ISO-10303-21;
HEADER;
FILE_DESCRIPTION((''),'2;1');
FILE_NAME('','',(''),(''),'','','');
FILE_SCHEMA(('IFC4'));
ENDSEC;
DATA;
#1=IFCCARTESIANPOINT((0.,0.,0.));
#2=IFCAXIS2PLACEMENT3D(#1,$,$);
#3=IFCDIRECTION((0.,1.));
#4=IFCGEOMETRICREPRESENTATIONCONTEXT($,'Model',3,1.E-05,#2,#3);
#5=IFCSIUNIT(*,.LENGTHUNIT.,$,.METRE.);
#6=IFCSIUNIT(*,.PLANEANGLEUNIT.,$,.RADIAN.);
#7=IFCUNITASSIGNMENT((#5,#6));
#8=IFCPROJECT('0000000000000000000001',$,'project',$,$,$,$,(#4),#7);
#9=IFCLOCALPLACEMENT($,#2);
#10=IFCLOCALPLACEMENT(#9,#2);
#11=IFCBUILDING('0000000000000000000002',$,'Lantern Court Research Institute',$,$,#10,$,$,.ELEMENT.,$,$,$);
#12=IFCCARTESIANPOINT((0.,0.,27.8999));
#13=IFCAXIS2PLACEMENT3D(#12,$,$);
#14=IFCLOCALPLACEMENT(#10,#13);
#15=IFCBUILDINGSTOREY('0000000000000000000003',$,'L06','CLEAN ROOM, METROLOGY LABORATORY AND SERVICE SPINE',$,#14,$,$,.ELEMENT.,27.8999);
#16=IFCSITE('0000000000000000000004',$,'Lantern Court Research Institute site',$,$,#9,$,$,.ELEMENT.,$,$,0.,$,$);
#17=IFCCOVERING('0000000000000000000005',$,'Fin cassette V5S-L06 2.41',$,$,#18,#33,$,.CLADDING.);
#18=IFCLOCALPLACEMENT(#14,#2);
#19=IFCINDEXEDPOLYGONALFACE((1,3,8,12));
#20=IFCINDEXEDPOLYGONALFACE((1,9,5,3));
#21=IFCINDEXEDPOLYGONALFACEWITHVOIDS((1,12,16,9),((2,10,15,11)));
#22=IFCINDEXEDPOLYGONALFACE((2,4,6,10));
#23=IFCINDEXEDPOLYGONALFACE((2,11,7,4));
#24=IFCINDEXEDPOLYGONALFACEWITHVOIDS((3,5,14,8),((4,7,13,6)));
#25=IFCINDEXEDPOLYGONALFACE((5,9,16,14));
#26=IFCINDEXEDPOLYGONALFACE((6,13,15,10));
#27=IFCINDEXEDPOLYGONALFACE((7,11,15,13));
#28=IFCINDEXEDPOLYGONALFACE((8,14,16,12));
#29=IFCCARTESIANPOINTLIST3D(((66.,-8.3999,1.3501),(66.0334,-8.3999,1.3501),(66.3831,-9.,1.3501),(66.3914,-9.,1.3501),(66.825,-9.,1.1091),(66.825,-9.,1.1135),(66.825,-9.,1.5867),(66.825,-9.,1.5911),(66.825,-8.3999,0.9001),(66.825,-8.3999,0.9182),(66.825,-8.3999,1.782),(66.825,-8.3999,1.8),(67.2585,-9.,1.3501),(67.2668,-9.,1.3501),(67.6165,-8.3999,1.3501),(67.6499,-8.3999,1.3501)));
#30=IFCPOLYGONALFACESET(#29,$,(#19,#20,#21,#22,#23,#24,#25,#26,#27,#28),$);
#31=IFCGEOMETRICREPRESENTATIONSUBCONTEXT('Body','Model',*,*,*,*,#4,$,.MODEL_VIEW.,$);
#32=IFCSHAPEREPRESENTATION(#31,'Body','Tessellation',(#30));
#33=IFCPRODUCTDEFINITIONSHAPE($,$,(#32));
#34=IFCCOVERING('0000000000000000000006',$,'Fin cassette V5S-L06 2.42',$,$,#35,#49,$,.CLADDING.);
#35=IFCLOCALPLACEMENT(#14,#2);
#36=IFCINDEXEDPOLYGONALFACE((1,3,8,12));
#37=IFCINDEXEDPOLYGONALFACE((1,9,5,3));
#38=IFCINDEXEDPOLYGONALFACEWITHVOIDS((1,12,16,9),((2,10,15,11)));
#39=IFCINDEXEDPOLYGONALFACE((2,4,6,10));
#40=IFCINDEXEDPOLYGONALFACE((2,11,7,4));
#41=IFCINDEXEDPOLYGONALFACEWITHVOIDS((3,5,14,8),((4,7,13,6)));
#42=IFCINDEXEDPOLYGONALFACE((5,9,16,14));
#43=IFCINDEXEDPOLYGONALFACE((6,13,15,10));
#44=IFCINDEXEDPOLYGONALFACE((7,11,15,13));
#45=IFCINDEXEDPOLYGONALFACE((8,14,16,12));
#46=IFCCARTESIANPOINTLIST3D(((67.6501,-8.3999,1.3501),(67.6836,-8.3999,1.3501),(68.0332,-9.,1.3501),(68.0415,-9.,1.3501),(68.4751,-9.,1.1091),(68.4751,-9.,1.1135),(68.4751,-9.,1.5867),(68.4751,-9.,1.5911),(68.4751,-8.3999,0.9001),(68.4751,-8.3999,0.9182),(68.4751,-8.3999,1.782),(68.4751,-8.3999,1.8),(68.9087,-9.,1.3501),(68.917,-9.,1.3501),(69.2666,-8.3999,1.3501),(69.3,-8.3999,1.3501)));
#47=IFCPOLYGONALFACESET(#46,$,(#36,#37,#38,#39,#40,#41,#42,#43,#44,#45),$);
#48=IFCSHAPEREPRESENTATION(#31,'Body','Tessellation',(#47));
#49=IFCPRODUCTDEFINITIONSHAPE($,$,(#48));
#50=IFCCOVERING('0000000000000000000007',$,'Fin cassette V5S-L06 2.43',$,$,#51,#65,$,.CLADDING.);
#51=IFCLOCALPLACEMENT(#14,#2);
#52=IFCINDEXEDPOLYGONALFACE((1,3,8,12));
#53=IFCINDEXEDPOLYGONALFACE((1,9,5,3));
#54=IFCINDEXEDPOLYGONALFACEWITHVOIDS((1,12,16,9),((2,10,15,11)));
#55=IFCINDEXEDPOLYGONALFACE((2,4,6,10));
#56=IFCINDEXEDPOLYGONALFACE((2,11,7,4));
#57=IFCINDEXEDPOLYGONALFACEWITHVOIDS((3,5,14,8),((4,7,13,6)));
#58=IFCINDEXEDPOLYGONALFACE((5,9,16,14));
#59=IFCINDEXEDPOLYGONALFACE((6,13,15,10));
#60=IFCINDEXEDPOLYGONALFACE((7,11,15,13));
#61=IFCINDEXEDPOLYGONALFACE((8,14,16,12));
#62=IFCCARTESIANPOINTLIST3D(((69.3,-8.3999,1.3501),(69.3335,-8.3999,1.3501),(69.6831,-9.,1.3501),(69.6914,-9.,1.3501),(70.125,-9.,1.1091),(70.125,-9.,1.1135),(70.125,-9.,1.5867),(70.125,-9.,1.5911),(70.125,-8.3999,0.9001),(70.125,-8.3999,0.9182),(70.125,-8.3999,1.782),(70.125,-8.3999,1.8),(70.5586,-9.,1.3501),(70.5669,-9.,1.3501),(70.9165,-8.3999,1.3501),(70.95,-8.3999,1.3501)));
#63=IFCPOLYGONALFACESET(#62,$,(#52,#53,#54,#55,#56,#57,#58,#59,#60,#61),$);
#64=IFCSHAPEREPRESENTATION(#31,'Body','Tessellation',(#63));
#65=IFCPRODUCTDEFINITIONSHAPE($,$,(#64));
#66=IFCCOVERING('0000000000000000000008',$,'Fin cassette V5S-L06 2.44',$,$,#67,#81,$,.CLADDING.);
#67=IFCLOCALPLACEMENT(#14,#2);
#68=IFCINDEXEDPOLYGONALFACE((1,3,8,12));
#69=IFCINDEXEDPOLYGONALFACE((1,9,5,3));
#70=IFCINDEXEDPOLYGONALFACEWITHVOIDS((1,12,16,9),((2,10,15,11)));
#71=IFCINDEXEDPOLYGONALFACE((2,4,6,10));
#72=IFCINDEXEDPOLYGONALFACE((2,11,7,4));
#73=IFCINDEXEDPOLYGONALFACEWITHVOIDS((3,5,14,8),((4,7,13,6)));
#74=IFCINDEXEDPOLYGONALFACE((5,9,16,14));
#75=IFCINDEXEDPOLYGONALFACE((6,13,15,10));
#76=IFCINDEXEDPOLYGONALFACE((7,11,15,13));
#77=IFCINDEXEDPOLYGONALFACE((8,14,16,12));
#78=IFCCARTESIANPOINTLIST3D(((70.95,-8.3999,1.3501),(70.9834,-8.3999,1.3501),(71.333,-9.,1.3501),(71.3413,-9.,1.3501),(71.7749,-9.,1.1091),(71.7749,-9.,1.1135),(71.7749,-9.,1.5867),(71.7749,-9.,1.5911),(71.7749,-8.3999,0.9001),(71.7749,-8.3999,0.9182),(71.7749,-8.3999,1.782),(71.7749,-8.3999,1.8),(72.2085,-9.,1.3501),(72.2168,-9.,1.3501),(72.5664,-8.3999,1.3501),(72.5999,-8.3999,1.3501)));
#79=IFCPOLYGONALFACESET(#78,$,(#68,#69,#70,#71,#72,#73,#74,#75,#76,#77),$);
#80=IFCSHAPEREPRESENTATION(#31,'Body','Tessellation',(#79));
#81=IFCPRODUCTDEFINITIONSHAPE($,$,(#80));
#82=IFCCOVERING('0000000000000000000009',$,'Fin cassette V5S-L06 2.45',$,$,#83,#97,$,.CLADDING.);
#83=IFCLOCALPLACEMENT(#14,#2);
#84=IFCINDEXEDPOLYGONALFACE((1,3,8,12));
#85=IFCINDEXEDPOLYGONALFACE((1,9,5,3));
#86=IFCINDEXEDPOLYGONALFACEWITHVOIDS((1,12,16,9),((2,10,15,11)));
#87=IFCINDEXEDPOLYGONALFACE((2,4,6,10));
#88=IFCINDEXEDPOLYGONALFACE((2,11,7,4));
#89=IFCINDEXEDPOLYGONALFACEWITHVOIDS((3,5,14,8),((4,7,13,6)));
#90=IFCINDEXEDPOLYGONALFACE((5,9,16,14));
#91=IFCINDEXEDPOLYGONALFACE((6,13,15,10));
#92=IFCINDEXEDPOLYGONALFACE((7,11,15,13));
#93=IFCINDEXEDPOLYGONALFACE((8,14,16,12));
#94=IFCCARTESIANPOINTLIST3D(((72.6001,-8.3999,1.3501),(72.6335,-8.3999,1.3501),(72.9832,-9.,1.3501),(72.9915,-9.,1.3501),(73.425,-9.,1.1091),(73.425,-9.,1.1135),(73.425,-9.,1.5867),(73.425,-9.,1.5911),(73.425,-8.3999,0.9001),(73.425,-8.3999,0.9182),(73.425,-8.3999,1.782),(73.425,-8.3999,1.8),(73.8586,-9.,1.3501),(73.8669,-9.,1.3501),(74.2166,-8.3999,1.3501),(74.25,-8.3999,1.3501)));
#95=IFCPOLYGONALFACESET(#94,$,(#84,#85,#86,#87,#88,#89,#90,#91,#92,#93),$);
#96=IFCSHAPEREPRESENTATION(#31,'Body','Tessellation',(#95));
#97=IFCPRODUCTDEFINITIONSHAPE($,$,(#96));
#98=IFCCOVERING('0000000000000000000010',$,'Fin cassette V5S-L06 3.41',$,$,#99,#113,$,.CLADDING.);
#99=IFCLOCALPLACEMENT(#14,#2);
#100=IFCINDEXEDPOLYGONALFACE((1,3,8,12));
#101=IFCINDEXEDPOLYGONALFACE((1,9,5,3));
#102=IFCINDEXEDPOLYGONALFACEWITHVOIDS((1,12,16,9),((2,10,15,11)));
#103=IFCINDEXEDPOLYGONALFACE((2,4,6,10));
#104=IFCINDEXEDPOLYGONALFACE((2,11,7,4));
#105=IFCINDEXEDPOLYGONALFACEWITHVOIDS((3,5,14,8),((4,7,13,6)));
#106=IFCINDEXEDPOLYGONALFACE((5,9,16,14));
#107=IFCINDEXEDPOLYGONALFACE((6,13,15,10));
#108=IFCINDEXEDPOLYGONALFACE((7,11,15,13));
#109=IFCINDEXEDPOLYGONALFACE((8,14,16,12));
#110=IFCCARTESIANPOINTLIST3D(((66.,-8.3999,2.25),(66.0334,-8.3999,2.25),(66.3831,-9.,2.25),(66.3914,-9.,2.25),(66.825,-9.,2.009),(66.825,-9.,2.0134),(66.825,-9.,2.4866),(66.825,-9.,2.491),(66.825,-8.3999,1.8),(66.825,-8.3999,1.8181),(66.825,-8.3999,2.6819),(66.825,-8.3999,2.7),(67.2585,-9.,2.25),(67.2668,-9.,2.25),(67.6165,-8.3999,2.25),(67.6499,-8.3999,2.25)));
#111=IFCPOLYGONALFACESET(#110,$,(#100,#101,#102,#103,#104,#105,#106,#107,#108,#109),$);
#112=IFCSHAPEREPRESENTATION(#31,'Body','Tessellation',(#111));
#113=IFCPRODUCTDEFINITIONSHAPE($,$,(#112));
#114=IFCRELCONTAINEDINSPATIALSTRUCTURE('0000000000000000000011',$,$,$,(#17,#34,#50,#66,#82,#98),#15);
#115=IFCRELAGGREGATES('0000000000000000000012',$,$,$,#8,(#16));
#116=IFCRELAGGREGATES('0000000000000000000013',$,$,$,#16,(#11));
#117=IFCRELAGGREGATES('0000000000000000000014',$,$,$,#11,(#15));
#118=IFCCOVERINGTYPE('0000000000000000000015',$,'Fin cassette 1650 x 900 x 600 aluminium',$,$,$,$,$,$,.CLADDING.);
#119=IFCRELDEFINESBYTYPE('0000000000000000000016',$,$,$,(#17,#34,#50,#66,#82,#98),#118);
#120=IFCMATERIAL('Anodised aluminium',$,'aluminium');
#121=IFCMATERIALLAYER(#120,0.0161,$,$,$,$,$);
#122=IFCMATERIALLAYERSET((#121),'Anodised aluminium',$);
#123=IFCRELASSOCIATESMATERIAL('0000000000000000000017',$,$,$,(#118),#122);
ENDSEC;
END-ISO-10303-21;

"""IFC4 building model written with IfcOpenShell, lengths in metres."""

from ifc_helpers import new_model, entity, si_unit, direction, frame, origin, place, context, subcontext, project, spatial, material, layer, layer_set, type_object, element, save


model = new_model("IFC4")

# Units and contexts
model_context = context("Model", 3, precision=1e-05, world=origin(), true_north=direction((0.0, 1.0)))
body_context = subcontext(model_context, "Body", "Model", "MODEL_VIEW")
ifc_project = project(units=[si_unit("LENGTHUNIT", "METRE"), si_unit("PLANEANGLEUNIT", "RADIAN")], contexts=[model_context])

# Site, building, storey
site_placement = place(None, origin())
site = spatial("IfcSite", under=ifc_project, at=site_placement, Name="Lantern Court Research Institute site", CompositionType="ELEMENT", RefElevation=0.0)
building_placement = place(site_placement, origin())
building = spatial("IfcBuilding", under=site, at=building_placement, Name="Lantern Court Research Institute", CompositionType="ELEMENT")
storey_placement = place(building_placement, frame((0.0, 0.0, 27.8999)))
storey = spatial("IfcBuildingStorey", under=building, at=storey_placement, Name="L06", Description="CLEAN ROOM, METROLOGY LABORATORY AND SERVICE SPINE", CompositionType="ELEMENT", Elevation=27.8999)

# Coverings
ifc_material_1 = material(Name="Anodised aluminium", Category="aluminium")
ifc_layer_1 = layer(ifc_material_1, 0.0161)
ifc_layer_set_1 = layer_set([ifc_layer_1], Name="Anodised aluminium")
covering_type = type_object("IfcCoveringType", Name="Fin cassette 1650 x 900 x 600 aluminium", PredefinedType="CLADDING", material=ifc_layer_set_1)
covering_1_placement = place(storey_placement, frame((66.825, -8.3999, 1.3501), z_axis=(0.0, -1.0, 0.0), x_axis=(1.0, 0.0, 0.0)))
cartesian_point_1 = entity("IfcCartesianPoint", [0.825, 0.0])
cartesian_point_2 = entity("IfcCartesianPoint", [0.7915, 0.0])
cartesian_point_3 = entity("IfcCartesianPoint", [0.4419, 0.0])
cartesian_point_4 = entity("IfcCartesianPoint", [0.4336, 0.0])
element("IfcCovering", 1, at=covering_1_placement, inside=storey, type_object=covering_type, Name="Fin cassette V5S-L06 2.41", PredefinedType="CLADDING", context=body_context, shape_type="SweptSolid", body=[
    entity("IfcExtrudedAreaSolidTapered", entity("IfcArbitraryProfileDefWithVoids", "AREA", None, entity("IfcPolyline", [cartesian_point_1, entity("IfcCartesianPoint", [0.0, 0.45]), entity("IfcCartesianPoint", [-0.825, 0.0]), entity("IfcCartesianPoint", [0.0, -0.45]), cartesian_point_1]), [entity("IfcPolyline", [cartesian_point_2, entity("IfcCartesianPoint", [0.0, 0.4319]), entity("IfcCartesianPoint", [-0.7915, 0.0]), entity("IfcCartesianPoint", [0.0, -0.4319]), cartesian_point_2])]), entity("IfcAxis2Placement3D", entity("IfcCartesianPoint", [0.0, 0.0, 0.0])), entity("IfcDirection", [0.0, 0.0, 1.0]), 0.6001, entity("IfcArbitraryProfileDefWithVoids", "AREA", None, entity("IfcPolyline", [cartesian_point_3, entity("IfcCartesianPoint", [0.0, 0.241]), entity("IfcCartesianPoint", [-0.4419, 0.0]), entity("IfcCartesianPoint", [0.0, -0.241]), cartesian_point_3]), [entity("IfcPolyline", [cartesian_point_4, entity("IfcCartesianPoint", [0.0, 0.2366]), entity("IfcCartesianPoint", [-0.4336, 0.0]), entity("IfcCartesianPoint", [0.0, -0.2366]), cartesian_point_4])])),
])
covering_2_placement = place(storey_placement, frame((68.4751, -8.3999, 1.3501), z_axis=(0.0, -1.0, 0.0), x_axis=(1.0, 0.0, 0.0)))
cartesian_point_5 = entity("IfcCartesianPoint", [0.825, 0.0])
cartesian_point_6 = entity("IfcCartesianPoint", [0.7915, 0.0])
cartesian_point_7 = entity("IfcCartesianPoint", [0.4419, 0.0])
cartesian_point_8 = entity("IfcCartesianPoint", [0.4336, 0.0])
element("IfcCovering", 2, at=covering_2_placement, inside=storey, type_object=covering_type, Name="Fin cassette V5S-L06 2.42", PredefinedType="CLADDING", context=body_context, shape_type="SweptSolid", body=[
    entity("IfcExtrudedAreaSolidTapered", entity("IfcArbitraryProfileDefWithVoids", "AREA", None, entity("IfcPolyline", [cartesian_point_5, entity("IfcCartesianPoint", [0.0, 0.45]), entity("IfcCartesianPoint", [-0.825, 0.0]), entity("IfcCartesianPoint", [0.0, -0.45]), cartesian_point_5]), [entity("IfcPolyline", [cartesian_point_6, entity("IfcCartesianPoint", [0.0, 0.4319]), entity("IfcCartesianPoint", [-0.7915, 0.0]), entity("IfcCartesianPoint", [0.0, -0.4319]), cartesian_point_6])]), entity("IfcAxis2Placement3D", entity("IfcCartesianPoint", [0.0, 0.0, 0.0])), entity("IfcDirection", [0.0, 0.0, 1.0]), 0.6001, entity("IfcArbitraryProfileDefWithVoids", "AREA", None, entity("IfcPolyline", [cartesian_point_7, entity("IfcCartesianPoint", [0.0, 0.241]), entity("IfcCartesianPoint", [-0.4419, 0.0]), entity("IfcCartesianPoint", [0.0, -0.241]), cartesian_point_7]), [entity("IfcPolyline", [cartesian_point_8, entity("IfcCartesianPoint", [0.0, 0.2366]), entity("IfcCartesianPoint", [-0.4336, 0.0]), entity("IfcCartesianPoint", [0.0, -0.2366]), cartesian_point_8])])),
])
covering_3_placement = place(storey_placement, frame((70.125, -8.3999, 1.3501), z_axis=(0.0, -1.0, 0.0), x_axis=(1.0, 0.0, 0.0)))
cartesian_point_9 = entity("IfcCartesianPoint", [0.825, 0.0])
cartesian_point_10 = entity("IfcCartesianPoint", [0.7915, 0.0])
cartesian_point_11 = entity("IfcCartesianPoint", [0.4419, 0.0])
cartesian_point_12 = entity("IfcCartesianPoint", [0.4336, 0.0])
element("IfcCovering", 3, at=covering_3_placement, inside=storey, type_object=covering_type, Name="Fin cassette V5S-L06 2.43", PredefinedType="CLADDING", context=body_context, shape_type="SweptSolid", body=[
    entity("IfcExtrudedAreaSolidTapered", entity("IfcArbitraryProfileDefWithVoids", "AREA", None, entity("IfcPolyline", [cartesian_point_9, entity("IfcCartesianPoint", [0.0, 0.45]), entity("IfcCartesianPoint", [-0.825, 0.0]), entity("IfcCartesianPoint", [0.0, -0.45]), cartesian_point_9]), [entity("IfcPolyline", [cartesian_point_10, entity("IfcCartesianPoint", [0.0, 0.4319]), entity("IfcCartesianPoint", [-0.7915, 0.0]), entity("IfcCartesianPoint", [0.0, -0.4319]), cartesian_point_10])]), entity("IfcAxis2Placement3D", entity("IfcCartesianPoint", [0.0, 0.0, 0.0])), entity("IfcDirection", [0.0, 0.0, 1.0]), 0.6001, entity("IfcArbitraryProfileDefWithVoids", "AREA", None, entity("IfcPolyline", [cartesian_point_11, entity("IfcCartesianPoint", [0.0, 0.241]), entity("IfcCartesianPoint", [-0.4419, 0.0]), entity("IfcCartesianPoint", [0.0, -0.241]), cartesian_point_11]), [entity("IfcPolyline", [cartesian_point_12, entity("IfcCartesianPoint", [0.0, 0.2366]), entity("IfcCartesianPoint", [-0.4336, 0.0]), entity("IfcCartesianPoint", [0.0, -0.2366]), cartesian_point_12])])),
])
covering_4_placement = place(storey_placement, frame((71.7749, -8.3999, 1.3501), z_axis=(0.0, -1.0, 0.0), x_axis=(1.0, 0.0, 0.0)))
cartesian_point_13 = entity("IfcCartesianPoint", [0.825, 0.0])
cartesian_point_14 = entity("IfcCartesianPoint", [0.7915, 0.0])
cartesian_point_15 = entity("IfcCartesianPoint", [0.4419, 0.0])
cartesian_point_16 = entity("IfcCartesianPoint", [0.4336, 0.0])
element("IfcCovering", 4, at=covering_4_placement, inside=storey, type_object=covering_type, Name="Fin cassette V5S-L06 2.44", PredefinedType="CLADDING", context=body_context, shape_type="SweptSolid", body=[
    entity("IfcExtrudedAreaSolidTapered", entity("IfcArbitraryProfileDefWithVoids", "AREA", None, entity("IfcPolyline", [cartesian_point_13, entity("IfcCartesianPoint", [0.0, 0.45]), entity("IfcCartesianPoint", [-0.825, 0.0]), entity("IfcCartesianPoint", [0.0, -0.45]), cartesian_point_13]), [entity("IfcPolyline", [cartesian_point_14, entity("IfcCartesianPoint", [0.0, 0.4319]), entity("IfcCartesianPoint", [-0.7915, 0.0]), entity("IfcCartesianPoint", [0.0, -0.4319]), cartesian_point_14])]), entity("IfcAxis2Placement3D", entity("IfcCartesianPoint", [0.0, 0.0, 0.0])), entity("IfcDirection", [0.0, 0.0, 1.0]), 0.6001, entity("IfcArbitraryProfileDefWithVoids", "AREA", None, entity("IfcPolyline", [cartesian_point_15, entity("IfcCartesianPoint", [0.0, 0.241]), entity("IfcCartesianPoint", [-0.4419, 0.0]), entity("IfcCartesianPoint", [0.0, -0.241]), cartesian_point_15]), [entity("IfcPolyline", [cartesian_point_16, entity("IfcCartesianPoint", [0.0, 0.2366]), entity("IfcCartesianPoint", [-0.4336, 0.0]), entity("IfcCartesianPoint", [0.0, -0.2366]), cartesian_point_16])])),
])
covering_5_placement = place(storey_placement, frame((73.425, -8.3999, 1.3501), z_axis=(0.0, -1.0, 0.0), x_axis=(1.0, 0.0, 0.0)))
cartesian_point_17 = entity("IfcCartesianPoint", [0.825, 0.0])
cartesian_point_18 = entity("IfcCartesianPoint", [0.7915, 0.0])
cartesian_point_19 = entity("IfcCartesianPoint", [0.4419, 0.0])
cartesian_point_20 = entity("IfcCartesianPoint", [0.4336, 0.0])
element("IfcCovering", 5, at=covering_5_placement, inside=storey, type_object=covering_type, Name="Fin cassette V5S-L06 2.45", PredefinedType="CLADDING", context=body_context, shape_type="SweptSolid", body=[
    entity("IfcExtrudedAreaSolidTapered", entity("IfcArbitraryProfileDefWithVoids", "AREA", None, entity("IfcPolyline", [cartesian_point_17, entity("IfcCartesianPoint", [0.0, 0.45]), entity("IfcCartesianPoint", [-0.825, 0.0]), entity("IfcCartesianPoint", [0.0, -0.45]), cartesian_point_17]), [entity("IfcPolyline", [cartesian_point_18, entity("IfcCartesianPoint", [0.0, 0.4319]), entity("IfcCartesianPoint", [-0.7915, 0.0]), entity("IfcCartesianPoint", [0.0, -0.4319]), cartesian_point_18])]), entity("IfcAxis2Placement3D", entity("IfcCartesianPoint", [0.0, 0.0, 0.0])), entity("IfcDirection", [0.0, 0.0, 1.0]), 0.6001, entity("IfcArbitraryProfileDefWithVoids", "AREA", None, entity("IfcPolyline", [cartesian_point_19, entity("IfcCartesianPoint", [0.0, 0.241]), entity("IfcCartesianPoint", [-0.4419, 0.0]), entity("IfcCartesianPoint", [0.0, -0.241]), cartesian_point_19]), [entity("IfcPolyline", [cartesian_point_20, entity("IfcCartesianPoint", [0.0, 0.2366]), entity("IfcCartesianPoint", [-0.4336, 0.0]), entity("IfcCartesianPoint", [0.0, -0.2366]), cartesian_point_20])])),
])
covering_6_placement = place(storey_placement, frame((66.825, -8.3999, 2.25), z_axis=(0.0, -1.0, 0.0), x_axis=(1.0, 0.0, 0.0)))
cartesian_point_21 = entity("IfcCartesianPoint", [0.825, 0.0])
cartesian_point_22 = entity("IfcCartesianPoint", [0.7915, 0.0])
cartesian_point_23 = entity("IfcCartesianPoint", [0.4419, 0.0])
cartesian_point_24 = entity("IfcCartesianPoint", [0.4336, 0.0])
element("IfcCovering", 6, at=covering_6_placement, inside=storey, type_object=covering_type, Name="Fin cassette V5S-L06 3.41", PredefinedType="CLADDING", context=body_context, shape_type="SweptSolid", body=[
    entity("IfcExtrudedAreaSolidTapered", entity("IfcArbitraryProfileDefWithVoids", "AREA", None, entity("IfcPolyline", [cartesian_point_21, entity("IfcCartesianPoint", [0.0, 0.45]), entity("IfcCartesianPoint", [-0.825, 0.0]), entity("IfcCartesianPoint", [0.0, -0.45]), cartesian_point_21]), [entity("IfcPolyline", [cartesian_point_22, entity("IfcCartesianPoint", [0.0, 0.4319]), entity("IfcCartesianPoint", [-0.7915, 0.0]), entity("IfcCartesianPoint", [0.0, -0.4319]), cartesian_point_22])]), entity("IfcAxis2Placement3D", entity("IfcCartesianPoint", [0.0, 0.0, 0.0])), entity("IfcDirection", [0.0, 0.0, 1.0]), 0.6001, entity("IfcArbitraryProfileDefWithVoids", "AREA", None, entity("IfcPolyline", [cartesian_point_23, entity("IfcCartesianPoint", [0.0, 0.241]), entity("IfcCartesianPoint", [-0.4419, 0.0]), entity("IfcCartesianPoint", [0.0, -0.241]), cartesian_point_23]), [entity("IfcPolyline", [cartesian_point_24, entity("IfcCartesianPoint", [0.0, 0.2366]), entity("IfcCartesianPoint", [-0.4336, 0.0]), entity("IfcCartesianPoint", [0.0, -0.2366]), cartesian_point_24])])),
])

save(model, "model.ifc")
